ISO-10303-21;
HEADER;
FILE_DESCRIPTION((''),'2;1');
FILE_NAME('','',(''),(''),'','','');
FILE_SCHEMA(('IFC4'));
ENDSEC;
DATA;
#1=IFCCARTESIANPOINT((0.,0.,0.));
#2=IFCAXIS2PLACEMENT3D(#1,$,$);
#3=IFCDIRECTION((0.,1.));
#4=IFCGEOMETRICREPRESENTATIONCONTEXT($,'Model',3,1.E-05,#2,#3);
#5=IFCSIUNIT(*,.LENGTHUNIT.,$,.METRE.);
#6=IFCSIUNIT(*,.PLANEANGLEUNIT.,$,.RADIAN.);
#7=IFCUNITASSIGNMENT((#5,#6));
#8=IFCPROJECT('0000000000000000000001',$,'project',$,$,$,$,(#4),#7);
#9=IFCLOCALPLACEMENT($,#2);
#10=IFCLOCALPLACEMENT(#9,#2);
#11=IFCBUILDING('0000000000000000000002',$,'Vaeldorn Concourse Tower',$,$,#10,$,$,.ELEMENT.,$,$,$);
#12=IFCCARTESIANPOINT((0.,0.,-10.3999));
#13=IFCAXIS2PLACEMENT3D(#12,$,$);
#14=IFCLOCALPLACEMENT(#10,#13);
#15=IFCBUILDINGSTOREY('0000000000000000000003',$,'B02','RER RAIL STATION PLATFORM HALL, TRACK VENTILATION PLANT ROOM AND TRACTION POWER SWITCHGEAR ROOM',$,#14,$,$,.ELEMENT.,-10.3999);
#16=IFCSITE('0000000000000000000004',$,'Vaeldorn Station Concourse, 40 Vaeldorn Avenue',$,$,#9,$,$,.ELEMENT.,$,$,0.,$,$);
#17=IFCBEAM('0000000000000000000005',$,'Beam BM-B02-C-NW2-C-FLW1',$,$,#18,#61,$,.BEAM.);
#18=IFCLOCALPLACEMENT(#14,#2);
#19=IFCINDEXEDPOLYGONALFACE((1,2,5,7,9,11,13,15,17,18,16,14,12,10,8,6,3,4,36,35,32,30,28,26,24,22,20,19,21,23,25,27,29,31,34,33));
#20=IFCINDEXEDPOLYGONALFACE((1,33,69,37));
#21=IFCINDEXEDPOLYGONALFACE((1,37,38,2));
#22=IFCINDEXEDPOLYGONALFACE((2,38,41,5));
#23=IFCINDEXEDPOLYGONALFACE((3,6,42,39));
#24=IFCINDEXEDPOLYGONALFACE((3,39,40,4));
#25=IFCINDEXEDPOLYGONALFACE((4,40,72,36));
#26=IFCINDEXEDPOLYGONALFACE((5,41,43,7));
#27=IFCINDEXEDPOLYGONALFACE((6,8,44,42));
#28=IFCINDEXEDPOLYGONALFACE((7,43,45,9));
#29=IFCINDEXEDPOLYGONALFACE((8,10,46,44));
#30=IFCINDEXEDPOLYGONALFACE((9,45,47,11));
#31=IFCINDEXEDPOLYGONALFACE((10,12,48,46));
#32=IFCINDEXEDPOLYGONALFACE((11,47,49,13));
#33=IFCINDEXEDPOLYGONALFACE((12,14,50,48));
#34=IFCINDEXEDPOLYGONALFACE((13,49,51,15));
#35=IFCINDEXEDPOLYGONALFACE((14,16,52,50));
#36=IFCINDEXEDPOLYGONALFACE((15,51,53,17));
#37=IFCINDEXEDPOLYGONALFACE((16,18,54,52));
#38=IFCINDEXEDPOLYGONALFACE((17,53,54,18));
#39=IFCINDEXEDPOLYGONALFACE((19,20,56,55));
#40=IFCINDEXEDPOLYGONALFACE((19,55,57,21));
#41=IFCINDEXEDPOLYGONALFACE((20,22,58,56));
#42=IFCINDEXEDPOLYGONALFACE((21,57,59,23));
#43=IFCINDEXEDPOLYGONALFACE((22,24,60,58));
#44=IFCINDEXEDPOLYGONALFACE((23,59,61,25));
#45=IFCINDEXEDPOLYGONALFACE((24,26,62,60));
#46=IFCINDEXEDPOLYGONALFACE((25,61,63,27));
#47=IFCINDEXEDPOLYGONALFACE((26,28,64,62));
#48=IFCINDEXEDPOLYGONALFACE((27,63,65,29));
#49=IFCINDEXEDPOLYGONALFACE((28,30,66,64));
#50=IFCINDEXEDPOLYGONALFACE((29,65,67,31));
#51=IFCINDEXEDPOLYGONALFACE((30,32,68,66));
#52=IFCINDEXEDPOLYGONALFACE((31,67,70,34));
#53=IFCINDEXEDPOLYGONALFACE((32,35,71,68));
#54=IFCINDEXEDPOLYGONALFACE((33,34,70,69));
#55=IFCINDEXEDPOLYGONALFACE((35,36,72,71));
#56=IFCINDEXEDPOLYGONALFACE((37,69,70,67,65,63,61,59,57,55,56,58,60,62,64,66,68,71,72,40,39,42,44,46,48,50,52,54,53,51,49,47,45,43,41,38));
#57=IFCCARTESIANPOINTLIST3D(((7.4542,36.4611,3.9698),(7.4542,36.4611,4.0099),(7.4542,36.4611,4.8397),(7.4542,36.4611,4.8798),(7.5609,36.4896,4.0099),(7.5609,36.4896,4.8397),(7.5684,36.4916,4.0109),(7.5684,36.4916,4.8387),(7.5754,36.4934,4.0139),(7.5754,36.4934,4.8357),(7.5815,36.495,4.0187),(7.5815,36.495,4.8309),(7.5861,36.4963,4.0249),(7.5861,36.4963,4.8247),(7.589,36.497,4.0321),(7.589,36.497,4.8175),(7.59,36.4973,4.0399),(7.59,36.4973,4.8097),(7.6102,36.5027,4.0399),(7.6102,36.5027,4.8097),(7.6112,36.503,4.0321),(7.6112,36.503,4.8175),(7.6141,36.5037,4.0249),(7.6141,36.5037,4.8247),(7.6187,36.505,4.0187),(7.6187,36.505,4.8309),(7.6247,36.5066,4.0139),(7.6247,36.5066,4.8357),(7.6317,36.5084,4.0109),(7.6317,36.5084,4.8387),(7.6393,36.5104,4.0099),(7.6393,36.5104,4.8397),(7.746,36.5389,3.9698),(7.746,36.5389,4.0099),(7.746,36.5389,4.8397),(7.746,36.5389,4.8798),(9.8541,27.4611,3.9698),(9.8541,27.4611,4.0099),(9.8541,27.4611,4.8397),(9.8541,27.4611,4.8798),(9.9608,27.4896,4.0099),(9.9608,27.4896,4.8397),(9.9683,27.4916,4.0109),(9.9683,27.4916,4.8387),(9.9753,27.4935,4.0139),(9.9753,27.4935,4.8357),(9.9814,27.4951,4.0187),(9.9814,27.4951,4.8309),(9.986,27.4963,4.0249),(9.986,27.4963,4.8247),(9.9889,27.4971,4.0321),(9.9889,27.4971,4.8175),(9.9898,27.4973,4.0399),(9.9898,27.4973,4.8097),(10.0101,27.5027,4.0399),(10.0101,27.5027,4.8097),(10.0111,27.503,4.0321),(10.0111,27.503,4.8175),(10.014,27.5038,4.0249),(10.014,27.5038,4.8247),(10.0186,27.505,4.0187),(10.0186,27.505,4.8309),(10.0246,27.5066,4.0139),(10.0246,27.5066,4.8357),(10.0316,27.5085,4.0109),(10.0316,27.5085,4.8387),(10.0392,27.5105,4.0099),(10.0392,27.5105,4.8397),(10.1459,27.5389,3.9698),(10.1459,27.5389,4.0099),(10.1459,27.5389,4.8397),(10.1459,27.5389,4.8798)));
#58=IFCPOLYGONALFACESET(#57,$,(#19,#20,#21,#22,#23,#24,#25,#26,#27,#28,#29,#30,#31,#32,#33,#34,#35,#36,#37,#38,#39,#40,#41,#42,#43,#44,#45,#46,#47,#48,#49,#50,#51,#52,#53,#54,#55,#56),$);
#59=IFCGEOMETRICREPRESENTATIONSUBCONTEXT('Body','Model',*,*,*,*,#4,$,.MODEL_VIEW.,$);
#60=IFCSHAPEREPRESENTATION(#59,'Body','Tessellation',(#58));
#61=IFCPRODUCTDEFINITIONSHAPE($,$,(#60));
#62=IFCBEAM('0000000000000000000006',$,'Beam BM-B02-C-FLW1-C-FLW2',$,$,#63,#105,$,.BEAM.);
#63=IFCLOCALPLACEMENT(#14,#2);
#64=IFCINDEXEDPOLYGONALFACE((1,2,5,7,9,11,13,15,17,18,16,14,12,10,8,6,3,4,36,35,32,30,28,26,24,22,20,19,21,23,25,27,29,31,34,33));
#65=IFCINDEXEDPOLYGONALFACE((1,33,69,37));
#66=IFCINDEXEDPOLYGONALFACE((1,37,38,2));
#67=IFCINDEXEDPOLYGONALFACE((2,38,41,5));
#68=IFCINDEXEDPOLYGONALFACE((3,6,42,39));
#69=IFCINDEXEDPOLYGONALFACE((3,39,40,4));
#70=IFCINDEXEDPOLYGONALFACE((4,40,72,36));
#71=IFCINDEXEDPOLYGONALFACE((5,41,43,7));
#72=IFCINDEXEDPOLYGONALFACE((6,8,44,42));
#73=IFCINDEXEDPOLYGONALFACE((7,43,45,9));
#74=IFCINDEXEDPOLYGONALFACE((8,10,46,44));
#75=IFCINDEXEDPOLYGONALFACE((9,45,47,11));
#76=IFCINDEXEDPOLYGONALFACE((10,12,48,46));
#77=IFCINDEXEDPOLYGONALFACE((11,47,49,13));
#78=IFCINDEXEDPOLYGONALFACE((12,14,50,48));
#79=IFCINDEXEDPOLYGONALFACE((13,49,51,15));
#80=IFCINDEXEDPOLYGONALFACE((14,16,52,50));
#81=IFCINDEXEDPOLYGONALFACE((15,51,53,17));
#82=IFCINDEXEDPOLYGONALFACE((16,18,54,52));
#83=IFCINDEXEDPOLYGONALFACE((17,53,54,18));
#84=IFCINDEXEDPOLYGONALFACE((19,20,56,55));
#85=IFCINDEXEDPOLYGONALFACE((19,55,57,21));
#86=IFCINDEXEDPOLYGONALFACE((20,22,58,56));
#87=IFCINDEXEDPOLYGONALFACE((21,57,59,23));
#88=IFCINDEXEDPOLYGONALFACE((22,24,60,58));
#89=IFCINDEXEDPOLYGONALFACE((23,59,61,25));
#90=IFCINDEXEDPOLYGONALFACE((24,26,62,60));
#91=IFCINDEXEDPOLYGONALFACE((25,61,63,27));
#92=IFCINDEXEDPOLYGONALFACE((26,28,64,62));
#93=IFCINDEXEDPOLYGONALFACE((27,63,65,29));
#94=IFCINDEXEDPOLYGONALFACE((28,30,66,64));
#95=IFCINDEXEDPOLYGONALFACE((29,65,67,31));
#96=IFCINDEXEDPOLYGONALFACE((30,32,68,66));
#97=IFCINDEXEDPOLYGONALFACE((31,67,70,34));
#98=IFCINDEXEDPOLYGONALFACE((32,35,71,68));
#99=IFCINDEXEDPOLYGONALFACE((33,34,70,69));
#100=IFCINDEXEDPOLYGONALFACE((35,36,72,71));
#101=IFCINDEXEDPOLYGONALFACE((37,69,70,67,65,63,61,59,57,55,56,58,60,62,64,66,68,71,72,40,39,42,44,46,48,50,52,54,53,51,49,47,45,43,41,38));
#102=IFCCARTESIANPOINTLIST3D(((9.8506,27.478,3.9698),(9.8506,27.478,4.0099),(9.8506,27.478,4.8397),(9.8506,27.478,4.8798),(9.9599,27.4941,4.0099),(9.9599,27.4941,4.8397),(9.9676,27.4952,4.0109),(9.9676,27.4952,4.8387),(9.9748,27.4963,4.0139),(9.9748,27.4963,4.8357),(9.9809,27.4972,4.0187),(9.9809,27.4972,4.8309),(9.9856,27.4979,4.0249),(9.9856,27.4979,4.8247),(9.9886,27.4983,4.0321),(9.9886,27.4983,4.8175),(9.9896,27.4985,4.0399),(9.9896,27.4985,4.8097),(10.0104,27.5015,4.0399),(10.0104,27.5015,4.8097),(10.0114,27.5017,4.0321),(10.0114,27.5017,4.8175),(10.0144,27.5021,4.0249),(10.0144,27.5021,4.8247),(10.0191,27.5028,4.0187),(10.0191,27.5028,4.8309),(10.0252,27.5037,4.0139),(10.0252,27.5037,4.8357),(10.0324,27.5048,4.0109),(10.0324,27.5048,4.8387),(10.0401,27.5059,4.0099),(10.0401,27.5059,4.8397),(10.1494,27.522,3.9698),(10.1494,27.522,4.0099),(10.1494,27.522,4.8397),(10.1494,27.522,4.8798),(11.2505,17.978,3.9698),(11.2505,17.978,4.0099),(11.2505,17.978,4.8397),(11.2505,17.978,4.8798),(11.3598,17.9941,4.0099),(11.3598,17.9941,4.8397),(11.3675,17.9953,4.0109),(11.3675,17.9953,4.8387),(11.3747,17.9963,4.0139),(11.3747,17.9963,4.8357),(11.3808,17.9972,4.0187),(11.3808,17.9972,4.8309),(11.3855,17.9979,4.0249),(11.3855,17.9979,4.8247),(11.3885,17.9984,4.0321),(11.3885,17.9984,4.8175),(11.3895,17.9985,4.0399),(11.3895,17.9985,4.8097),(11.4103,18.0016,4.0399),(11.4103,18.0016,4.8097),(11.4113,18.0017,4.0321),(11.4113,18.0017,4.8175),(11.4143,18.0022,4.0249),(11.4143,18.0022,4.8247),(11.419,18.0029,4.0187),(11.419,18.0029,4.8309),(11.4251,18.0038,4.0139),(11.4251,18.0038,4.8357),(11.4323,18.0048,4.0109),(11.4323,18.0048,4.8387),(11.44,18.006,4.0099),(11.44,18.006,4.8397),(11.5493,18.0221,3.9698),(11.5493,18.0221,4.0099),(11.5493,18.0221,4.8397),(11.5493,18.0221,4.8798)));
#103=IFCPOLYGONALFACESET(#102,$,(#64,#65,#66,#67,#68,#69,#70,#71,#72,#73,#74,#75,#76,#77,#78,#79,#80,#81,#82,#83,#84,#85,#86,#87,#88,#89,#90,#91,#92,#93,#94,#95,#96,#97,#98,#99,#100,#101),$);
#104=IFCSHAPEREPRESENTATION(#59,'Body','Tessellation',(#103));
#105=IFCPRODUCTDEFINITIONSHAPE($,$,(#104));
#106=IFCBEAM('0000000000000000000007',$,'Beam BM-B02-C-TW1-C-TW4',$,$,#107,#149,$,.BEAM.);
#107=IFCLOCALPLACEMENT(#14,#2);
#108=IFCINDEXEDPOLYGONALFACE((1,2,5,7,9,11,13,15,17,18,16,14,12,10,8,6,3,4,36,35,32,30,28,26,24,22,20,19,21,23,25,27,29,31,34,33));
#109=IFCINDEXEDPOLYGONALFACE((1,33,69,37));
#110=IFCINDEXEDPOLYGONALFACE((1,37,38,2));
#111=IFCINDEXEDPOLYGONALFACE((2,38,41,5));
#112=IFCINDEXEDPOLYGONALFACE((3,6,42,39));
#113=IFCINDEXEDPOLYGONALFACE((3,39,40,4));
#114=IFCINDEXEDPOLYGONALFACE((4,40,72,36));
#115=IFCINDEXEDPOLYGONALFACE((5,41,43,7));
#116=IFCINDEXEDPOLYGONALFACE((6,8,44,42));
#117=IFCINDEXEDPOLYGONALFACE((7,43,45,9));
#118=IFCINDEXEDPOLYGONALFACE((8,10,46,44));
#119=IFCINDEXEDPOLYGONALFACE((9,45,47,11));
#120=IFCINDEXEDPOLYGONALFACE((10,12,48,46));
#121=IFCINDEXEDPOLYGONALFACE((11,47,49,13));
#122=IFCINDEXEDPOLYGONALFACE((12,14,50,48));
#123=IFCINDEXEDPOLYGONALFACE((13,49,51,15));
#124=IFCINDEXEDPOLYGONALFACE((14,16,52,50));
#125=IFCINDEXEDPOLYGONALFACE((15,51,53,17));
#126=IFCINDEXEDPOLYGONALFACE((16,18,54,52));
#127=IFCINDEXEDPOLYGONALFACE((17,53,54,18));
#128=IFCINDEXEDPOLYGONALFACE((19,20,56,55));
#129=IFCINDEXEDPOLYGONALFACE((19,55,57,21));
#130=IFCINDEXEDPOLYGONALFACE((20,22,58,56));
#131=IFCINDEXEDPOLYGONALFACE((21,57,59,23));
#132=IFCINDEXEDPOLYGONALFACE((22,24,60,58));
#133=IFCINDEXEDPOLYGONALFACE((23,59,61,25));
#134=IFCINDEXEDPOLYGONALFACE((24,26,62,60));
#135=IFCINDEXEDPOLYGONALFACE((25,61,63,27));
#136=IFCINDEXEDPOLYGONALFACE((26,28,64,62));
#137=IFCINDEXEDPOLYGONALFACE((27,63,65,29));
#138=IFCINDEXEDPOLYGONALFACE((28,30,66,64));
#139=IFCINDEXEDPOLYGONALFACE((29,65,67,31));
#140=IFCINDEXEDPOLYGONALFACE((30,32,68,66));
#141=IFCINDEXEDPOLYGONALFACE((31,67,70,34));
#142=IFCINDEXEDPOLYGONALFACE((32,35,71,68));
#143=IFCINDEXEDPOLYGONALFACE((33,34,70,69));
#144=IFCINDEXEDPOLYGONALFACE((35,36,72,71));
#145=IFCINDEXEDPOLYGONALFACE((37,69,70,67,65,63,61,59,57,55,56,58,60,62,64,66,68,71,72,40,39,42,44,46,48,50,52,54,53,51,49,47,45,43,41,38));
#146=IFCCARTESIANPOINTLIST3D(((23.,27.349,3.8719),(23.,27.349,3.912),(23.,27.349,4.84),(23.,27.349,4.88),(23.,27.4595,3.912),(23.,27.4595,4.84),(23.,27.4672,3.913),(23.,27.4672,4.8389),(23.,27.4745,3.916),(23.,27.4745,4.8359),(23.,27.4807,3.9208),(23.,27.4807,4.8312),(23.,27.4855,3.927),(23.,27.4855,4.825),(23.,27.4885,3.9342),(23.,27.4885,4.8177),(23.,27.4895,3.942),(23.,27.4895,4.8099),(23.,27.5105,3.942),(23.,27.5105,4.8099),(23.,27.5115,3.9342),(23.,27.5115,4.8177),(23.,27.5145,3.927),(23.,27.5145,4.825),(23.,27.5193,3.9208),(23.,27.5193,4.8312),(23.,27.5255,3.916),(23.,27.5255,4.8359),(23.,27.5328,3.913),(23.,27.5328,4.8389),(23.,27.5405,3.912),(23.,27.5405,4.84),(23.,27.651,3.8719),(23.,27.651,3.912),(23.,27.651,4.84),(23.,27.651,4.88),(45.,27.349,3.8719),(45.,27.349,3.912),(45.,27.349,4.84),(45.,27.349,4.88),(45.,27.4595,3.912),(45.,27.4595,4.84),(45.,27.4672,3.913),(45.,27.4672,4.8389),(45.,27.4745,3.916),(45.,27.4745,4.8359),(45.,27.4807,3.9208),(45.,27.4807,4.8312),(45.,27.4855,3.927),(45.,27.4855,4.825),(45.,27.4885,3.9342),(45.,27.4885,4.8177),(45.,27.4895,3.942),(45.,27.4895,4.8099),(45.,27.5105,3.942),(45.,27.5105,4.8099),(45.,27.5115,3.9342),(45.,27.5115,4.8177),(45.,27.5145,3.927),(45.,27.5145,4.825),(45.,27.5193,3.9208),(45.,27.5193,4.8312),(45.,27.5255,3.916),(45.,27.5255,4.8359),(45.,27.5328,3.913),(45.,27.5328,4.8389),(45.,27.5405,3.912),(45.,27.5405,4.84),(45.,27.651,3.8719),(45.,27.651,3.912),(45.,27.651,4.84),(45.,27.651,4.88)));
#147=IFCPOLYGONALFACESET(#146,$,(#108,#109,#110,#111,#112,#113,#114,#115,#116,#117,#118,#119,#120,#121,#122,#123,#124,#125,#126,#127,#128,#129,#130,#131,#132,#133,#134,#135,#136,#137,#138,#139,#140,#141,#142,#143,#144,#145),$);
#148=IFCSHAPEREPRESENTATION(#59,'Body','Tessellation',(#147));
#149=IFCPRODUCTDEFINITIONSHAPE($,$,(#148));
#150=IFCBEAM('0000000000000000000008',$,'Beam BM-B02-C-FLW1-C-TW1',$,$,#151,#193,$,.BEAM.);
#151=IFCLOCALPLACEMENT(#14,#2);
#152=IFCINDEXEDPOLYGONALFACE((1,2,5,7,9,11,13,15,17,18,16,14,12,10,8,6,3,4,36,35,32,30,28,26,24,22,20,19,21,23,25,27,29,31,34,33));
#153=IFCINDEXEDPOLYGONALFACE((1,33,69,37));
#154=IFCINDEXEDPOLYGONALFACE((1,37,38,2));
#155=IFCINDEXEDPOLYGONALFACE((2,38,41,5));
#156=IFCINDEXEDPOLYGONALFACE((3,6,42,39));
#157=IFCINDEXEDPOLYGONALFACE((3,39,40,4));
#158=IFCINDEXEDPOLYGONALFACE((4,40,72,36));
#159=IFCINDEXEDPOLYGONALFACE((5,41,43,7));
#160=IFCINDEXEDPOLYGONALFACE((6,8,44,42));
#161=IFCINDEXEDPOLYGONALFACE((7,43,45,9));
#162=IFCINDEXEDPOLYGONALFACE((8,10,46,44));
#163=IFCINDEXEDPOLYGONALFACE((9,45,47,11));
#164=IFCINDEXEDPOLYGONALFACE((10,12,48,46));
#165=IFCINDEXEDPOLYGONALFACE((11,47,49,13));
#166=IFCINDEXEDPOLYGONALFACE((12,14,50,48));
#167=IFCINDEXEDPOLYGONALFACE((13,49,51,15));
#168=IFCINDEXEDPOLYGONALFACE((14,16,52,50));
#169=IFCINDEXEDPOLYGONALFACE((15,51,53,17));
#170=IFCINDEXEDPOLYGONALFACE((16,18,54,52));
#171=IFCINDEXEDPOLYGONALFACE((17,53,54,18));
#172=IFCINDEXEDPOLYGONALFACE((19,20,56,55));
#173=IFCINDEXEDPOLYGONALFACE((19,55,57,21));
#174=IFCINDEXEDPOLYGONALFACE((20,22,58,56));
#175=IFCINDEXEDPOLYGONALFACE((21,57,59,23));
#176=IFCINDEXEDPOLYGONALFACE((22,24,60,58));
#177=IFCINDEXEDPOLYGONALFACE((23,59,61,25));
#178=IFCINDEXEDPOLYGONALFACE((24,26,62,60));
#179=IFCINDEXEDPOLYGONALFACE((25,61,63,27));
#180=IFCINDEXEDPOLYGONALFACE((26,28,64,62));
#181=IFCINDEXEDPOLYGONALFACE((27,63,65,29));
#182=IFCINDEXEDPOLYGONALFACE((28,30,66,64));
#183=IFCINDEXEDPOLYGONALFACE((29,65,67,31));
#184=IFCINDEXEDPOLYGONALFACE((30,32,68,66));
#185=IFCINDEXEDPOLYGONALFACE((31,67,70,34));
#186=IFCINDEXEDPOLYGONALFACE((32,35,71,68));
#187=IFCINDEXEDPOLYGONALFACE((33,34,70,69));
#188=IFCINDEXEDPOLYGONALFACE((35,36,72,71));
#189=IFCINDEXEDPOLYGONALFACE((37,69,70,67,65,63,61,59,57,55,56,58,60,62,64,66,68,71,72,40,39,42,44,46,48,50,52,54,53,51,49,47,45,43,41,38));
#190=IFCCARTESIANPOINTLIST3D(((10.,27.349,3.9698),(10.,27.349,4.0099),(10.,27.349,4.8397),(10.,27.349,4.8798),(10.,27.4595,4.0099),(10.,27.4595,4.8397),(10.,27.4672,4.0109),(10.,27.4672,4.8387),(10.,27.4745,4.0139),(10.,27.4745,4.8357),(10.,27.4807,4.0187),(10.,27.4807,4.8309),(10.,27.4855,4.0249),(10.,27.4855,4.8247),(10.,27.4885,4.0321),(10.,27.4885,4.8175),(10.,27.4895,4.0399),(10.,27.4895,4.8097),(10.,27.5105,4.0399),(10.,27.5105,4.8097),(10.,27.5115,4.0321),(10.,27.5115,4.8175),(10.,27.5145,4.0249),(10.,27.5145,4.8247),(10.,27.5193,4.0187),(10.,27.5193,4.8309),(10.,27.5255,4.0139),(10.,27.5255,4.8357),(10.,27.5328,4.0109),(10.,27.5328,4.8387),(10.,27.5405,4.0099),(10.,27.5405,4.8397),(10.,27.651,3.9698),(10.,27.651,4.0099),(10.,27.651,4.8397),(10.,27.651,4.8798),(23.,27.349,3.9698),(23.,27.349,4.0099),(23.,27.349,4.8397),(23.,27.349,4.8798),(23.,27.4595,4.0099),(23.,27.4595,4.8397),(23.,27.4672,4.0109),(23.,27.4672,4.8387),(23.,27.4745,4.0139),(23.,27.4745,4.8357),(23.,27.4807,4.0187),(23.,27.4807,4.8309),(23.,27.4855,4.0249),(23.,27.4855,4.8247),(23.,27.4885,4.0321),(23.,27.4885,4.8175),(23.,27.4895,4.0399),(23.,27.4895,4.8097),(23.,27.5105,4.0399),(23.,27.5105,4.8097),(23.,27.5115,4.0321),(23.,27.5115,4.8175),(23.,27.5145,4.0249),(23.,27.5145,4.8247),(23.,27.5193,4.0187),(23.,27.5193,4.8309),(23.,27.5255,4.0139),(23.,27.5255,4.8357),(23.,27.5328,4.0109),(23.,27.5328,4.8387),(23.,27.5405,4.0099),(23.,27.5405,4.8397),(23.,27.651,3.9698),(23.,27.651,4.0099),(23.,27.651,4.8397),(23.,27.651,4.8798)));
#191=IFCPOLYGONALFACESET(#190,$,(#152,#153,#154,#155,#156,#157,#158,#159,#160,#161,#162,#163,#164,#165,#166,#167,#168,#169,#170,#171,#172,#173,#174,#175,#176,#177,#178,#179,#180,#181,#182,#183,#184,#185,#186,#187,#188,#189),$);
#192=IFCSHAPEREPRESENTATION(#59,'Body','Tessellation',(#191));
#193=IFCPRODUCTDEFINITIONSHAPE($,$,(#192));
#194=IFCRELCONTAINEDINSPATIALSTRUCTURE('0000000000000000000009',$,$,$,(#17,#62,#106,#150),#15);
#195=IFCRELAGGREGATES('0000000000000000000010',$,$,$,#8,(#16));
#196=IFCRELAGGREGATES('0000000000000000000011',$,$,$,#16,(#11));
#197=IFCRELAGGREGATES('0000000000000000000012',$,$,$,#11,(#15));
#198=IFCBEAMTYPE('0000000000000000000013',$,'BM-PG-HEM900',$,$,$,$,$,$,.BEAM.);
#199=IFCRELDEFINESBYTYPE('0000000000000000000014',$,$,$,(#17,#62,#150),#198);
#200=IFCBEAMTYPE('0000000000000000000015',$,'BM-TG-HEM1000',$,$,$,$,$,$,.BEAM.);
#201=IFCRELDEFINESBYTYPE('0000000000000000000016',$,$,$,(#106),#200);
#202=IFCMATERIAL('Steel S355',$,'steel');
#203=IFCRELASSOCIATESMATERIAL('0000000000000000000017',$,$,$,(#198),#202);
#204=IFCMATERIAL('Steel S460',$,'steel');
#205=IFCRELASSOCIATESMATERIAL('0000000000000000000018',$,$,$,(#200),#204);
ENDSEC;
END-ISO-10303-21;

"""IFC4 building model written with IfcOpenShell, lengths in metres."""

from ifc_helpers import new_model, si_unit, direction, frame, origin, origin_2d, place, context, subcontext, project, spatial, i_section, extrude, source, transform, mapped, material, material_profile, profile_set, type_object, element, save


model = new_model("IFC4")

# Units and contexts
model_context = context("Model", 3, precision=1e-05, world=origin(), true_north=direction((0.0, 1.0)))
body_context = subcontext(model_context, "Body", "Model", "MODEL_VIEW")
ifc_project = project(units=[si_unit("LENGTHUNIT", "METRE"), si_unit("PLANEANGLEUNIT", "RADIAN")], contexts=[model_context])

# Site, building, storey
site_placement = place(None, origin())
site = spatial("IfcSite", under=ifc_project, at=site_placement, Name="Vaeldorn Station Concourse, 40 Vaeldorn Avenue", CompositionType="ELEMENT", RefElevation=0.0)
building_placement = place(site_placement, origin())
building = spatial("IfcBuilding", under=site, at=building_placement, Name="Vaeldorn Concourse Tower", CompositionType="ELEMENT")
storey_placement = place(building_placement, frame((0.0, 0.0, -10.3999)))
storey = spatial("IfcBuildingStorey", under=building, at=storey_placement, Name="B02", Description="RER RAIL STATION PLATFORM HALL, TRACK VENTILATION PLANT ROOM AND TRACTION POWER SWITCHGEAR ROOM", CompositionType="ELEMENT", Elevation=-10.3999)

# Shared definitions
ifc_material_1 = material(Name="Steel S460", Category="steel")

# Beams
ifc_material_2 = material(Name="Steel S355", Category="steel")
ifc_material_profile_1 = material_profile(ifc_material_2, i_section(OverallWidth=0.302, OverallDepth=0.9099, WebThickness=0.021, FlangeThickness=0.04, FilletRadius=0.03, at=origin_2d()), Name="HEM 900")
ifc_profile_set_1 = profile_set([ifc_material_profile_1], Name="Steel S355")
beam_type_1 = type_object("IfcBeamType", Name="BM-PG-HEM900", PredefinedType="BEAM", material=ifc_profile_set_1)
shared_shape_1 = source(origin(), body_context, "Body", "SweptSolid", [
    extrude(i_section(OverallWidth=0.302, OverallDepth=0.9099, WebThickness=0.021, FlangeThickness=0.04, FilletRadius=0.03, at=origin_2d()), origin(), (0.0, 0.0, 1.0), 9.3145),
])
beam_1_placement = place(storey_placement, frame((7.6001, 36.5, 4.4248), z_axis=(0.257653, -0.966238, 0.0), x_axis=(0.966238, 0.257653, 0.0)))
element("IfcBeam", 1, at=beam_1_placement, inside=storey, type_object=beam_type_1, Name="Beam BM-B02-C-NW2-C-FLW1", PredefinedType="BEAM", context=body_context, shape_type="MappedRepresentation", body=[
    mapped(shared_shape_1, transform((0.0, 0.0, 0.0), scale=1.0)),
])
shared_shape_2 = source(origin(), body_context, "Body", "SweptSolid", [
    extrude(i_section(OverallWidth=0.302, OverallDepth=0.9099, WebThickness=0.021, FlangeThickness=0.04, FilletRadius=0.03, at=origin_2d()), origin(), (0.0, 0.0, 1.0), 9.6025),
])
beam_2_placement = place(storey_placement, frame((10.0, 27.5, 4.4248), z_axis=(0.145784, -0.989316, 0.0), x_axis=(0.989316, 0.145784, 0.0)))
element("IfcBeam", 2, at=beam_2_placement, inside=storey, type_object=beam_type_1, Name="Beam BM-B02-C-FLW1-C-FLW2", PredefinedType="BEAM", context=body_context, shape_type="MappedRepresentation", body=[
    mapped(shared_shape_2, transform((0.0, 0.0, 0.0), scale=1.0)),
])
ifc_material_profile_2 = material_profile(ifc_material_1, i_section(OverallWidth=0.302, OverallDepth=1.0081, WebThickness=0.021, FlangeThickness=0.04, FilletRadius=0.03, at=origin_2d()), Name="HEM 1000")
ifc_profile_set_2 = profile_set([ifc_material_profile_2], Name="Steel S460")
beam_type_2 = type_object("IfcBeamType", Name="BM-TG-HEM1000", PredefinedType="BEAM", material=ifc_profile_set_2)
shared_shape_3 = source(origin(), body_context, "Body", "SweptSolid", [
    extrude(i_section(OverallWidth=0.302, OverallDepth=1.0081, WebThickness=0.021, FlangeThickness=0.04, FilletRadius=0.03, at=origin_2d()), origin(), (0.0, 0.0, 1.0), 22.0),
])
beam_3_placement = place(storey_placement, frame((23.0, 27.5, 4.376), z_axis=(1.0, 0.0, 0.0), x_axis=(0.0, 1.0, 0.0)))
element("IfcBeam", 3, at=beam_3_placement, inside=storey, type_object=beam_type_2, Name="Beam BM-B02-C-TW1-C-TW4", PredefinedType="BEAM", context=body_context, shape_type="MappedRepresentation", body=[
    mapped(shared_shape_3, transform((0.0, 0.0, 0.0), scale=1.0)),
])
shared_shape_4 = source(origin(), body_context, "Body", "SweptSolid", [
    extrude(i_section(OverallWidth=0.302, OverallDepth=0.9099, WebThickness=0.021, FlangeThickness=0.04, FilletRadius=0.03, at=origin_2d()), origin(), (0.0, 0.0, 1.0), 13.0),
])
beam_4_placement = place(storey_placement, frame((10.0, 27.5, 4.4248), z_axis=(1.0, 0.0, 0.0), x_axis=(0.0, 1.0, 0.0)))
element("IfcBeam", 4, at=beam_4_placement, inside=storey, type_object=beam_type_1, Name="Beam BM-B02-C-FLW1-C-TW1", PredefinedType="BEAM", context=body_context, shape_type="MappedRepresentation", body=[
    mapped(shared_shape_4, transform((0.0, 0.0, 0.0), scale=1.0)),
])

save(model, "model.ifc")
